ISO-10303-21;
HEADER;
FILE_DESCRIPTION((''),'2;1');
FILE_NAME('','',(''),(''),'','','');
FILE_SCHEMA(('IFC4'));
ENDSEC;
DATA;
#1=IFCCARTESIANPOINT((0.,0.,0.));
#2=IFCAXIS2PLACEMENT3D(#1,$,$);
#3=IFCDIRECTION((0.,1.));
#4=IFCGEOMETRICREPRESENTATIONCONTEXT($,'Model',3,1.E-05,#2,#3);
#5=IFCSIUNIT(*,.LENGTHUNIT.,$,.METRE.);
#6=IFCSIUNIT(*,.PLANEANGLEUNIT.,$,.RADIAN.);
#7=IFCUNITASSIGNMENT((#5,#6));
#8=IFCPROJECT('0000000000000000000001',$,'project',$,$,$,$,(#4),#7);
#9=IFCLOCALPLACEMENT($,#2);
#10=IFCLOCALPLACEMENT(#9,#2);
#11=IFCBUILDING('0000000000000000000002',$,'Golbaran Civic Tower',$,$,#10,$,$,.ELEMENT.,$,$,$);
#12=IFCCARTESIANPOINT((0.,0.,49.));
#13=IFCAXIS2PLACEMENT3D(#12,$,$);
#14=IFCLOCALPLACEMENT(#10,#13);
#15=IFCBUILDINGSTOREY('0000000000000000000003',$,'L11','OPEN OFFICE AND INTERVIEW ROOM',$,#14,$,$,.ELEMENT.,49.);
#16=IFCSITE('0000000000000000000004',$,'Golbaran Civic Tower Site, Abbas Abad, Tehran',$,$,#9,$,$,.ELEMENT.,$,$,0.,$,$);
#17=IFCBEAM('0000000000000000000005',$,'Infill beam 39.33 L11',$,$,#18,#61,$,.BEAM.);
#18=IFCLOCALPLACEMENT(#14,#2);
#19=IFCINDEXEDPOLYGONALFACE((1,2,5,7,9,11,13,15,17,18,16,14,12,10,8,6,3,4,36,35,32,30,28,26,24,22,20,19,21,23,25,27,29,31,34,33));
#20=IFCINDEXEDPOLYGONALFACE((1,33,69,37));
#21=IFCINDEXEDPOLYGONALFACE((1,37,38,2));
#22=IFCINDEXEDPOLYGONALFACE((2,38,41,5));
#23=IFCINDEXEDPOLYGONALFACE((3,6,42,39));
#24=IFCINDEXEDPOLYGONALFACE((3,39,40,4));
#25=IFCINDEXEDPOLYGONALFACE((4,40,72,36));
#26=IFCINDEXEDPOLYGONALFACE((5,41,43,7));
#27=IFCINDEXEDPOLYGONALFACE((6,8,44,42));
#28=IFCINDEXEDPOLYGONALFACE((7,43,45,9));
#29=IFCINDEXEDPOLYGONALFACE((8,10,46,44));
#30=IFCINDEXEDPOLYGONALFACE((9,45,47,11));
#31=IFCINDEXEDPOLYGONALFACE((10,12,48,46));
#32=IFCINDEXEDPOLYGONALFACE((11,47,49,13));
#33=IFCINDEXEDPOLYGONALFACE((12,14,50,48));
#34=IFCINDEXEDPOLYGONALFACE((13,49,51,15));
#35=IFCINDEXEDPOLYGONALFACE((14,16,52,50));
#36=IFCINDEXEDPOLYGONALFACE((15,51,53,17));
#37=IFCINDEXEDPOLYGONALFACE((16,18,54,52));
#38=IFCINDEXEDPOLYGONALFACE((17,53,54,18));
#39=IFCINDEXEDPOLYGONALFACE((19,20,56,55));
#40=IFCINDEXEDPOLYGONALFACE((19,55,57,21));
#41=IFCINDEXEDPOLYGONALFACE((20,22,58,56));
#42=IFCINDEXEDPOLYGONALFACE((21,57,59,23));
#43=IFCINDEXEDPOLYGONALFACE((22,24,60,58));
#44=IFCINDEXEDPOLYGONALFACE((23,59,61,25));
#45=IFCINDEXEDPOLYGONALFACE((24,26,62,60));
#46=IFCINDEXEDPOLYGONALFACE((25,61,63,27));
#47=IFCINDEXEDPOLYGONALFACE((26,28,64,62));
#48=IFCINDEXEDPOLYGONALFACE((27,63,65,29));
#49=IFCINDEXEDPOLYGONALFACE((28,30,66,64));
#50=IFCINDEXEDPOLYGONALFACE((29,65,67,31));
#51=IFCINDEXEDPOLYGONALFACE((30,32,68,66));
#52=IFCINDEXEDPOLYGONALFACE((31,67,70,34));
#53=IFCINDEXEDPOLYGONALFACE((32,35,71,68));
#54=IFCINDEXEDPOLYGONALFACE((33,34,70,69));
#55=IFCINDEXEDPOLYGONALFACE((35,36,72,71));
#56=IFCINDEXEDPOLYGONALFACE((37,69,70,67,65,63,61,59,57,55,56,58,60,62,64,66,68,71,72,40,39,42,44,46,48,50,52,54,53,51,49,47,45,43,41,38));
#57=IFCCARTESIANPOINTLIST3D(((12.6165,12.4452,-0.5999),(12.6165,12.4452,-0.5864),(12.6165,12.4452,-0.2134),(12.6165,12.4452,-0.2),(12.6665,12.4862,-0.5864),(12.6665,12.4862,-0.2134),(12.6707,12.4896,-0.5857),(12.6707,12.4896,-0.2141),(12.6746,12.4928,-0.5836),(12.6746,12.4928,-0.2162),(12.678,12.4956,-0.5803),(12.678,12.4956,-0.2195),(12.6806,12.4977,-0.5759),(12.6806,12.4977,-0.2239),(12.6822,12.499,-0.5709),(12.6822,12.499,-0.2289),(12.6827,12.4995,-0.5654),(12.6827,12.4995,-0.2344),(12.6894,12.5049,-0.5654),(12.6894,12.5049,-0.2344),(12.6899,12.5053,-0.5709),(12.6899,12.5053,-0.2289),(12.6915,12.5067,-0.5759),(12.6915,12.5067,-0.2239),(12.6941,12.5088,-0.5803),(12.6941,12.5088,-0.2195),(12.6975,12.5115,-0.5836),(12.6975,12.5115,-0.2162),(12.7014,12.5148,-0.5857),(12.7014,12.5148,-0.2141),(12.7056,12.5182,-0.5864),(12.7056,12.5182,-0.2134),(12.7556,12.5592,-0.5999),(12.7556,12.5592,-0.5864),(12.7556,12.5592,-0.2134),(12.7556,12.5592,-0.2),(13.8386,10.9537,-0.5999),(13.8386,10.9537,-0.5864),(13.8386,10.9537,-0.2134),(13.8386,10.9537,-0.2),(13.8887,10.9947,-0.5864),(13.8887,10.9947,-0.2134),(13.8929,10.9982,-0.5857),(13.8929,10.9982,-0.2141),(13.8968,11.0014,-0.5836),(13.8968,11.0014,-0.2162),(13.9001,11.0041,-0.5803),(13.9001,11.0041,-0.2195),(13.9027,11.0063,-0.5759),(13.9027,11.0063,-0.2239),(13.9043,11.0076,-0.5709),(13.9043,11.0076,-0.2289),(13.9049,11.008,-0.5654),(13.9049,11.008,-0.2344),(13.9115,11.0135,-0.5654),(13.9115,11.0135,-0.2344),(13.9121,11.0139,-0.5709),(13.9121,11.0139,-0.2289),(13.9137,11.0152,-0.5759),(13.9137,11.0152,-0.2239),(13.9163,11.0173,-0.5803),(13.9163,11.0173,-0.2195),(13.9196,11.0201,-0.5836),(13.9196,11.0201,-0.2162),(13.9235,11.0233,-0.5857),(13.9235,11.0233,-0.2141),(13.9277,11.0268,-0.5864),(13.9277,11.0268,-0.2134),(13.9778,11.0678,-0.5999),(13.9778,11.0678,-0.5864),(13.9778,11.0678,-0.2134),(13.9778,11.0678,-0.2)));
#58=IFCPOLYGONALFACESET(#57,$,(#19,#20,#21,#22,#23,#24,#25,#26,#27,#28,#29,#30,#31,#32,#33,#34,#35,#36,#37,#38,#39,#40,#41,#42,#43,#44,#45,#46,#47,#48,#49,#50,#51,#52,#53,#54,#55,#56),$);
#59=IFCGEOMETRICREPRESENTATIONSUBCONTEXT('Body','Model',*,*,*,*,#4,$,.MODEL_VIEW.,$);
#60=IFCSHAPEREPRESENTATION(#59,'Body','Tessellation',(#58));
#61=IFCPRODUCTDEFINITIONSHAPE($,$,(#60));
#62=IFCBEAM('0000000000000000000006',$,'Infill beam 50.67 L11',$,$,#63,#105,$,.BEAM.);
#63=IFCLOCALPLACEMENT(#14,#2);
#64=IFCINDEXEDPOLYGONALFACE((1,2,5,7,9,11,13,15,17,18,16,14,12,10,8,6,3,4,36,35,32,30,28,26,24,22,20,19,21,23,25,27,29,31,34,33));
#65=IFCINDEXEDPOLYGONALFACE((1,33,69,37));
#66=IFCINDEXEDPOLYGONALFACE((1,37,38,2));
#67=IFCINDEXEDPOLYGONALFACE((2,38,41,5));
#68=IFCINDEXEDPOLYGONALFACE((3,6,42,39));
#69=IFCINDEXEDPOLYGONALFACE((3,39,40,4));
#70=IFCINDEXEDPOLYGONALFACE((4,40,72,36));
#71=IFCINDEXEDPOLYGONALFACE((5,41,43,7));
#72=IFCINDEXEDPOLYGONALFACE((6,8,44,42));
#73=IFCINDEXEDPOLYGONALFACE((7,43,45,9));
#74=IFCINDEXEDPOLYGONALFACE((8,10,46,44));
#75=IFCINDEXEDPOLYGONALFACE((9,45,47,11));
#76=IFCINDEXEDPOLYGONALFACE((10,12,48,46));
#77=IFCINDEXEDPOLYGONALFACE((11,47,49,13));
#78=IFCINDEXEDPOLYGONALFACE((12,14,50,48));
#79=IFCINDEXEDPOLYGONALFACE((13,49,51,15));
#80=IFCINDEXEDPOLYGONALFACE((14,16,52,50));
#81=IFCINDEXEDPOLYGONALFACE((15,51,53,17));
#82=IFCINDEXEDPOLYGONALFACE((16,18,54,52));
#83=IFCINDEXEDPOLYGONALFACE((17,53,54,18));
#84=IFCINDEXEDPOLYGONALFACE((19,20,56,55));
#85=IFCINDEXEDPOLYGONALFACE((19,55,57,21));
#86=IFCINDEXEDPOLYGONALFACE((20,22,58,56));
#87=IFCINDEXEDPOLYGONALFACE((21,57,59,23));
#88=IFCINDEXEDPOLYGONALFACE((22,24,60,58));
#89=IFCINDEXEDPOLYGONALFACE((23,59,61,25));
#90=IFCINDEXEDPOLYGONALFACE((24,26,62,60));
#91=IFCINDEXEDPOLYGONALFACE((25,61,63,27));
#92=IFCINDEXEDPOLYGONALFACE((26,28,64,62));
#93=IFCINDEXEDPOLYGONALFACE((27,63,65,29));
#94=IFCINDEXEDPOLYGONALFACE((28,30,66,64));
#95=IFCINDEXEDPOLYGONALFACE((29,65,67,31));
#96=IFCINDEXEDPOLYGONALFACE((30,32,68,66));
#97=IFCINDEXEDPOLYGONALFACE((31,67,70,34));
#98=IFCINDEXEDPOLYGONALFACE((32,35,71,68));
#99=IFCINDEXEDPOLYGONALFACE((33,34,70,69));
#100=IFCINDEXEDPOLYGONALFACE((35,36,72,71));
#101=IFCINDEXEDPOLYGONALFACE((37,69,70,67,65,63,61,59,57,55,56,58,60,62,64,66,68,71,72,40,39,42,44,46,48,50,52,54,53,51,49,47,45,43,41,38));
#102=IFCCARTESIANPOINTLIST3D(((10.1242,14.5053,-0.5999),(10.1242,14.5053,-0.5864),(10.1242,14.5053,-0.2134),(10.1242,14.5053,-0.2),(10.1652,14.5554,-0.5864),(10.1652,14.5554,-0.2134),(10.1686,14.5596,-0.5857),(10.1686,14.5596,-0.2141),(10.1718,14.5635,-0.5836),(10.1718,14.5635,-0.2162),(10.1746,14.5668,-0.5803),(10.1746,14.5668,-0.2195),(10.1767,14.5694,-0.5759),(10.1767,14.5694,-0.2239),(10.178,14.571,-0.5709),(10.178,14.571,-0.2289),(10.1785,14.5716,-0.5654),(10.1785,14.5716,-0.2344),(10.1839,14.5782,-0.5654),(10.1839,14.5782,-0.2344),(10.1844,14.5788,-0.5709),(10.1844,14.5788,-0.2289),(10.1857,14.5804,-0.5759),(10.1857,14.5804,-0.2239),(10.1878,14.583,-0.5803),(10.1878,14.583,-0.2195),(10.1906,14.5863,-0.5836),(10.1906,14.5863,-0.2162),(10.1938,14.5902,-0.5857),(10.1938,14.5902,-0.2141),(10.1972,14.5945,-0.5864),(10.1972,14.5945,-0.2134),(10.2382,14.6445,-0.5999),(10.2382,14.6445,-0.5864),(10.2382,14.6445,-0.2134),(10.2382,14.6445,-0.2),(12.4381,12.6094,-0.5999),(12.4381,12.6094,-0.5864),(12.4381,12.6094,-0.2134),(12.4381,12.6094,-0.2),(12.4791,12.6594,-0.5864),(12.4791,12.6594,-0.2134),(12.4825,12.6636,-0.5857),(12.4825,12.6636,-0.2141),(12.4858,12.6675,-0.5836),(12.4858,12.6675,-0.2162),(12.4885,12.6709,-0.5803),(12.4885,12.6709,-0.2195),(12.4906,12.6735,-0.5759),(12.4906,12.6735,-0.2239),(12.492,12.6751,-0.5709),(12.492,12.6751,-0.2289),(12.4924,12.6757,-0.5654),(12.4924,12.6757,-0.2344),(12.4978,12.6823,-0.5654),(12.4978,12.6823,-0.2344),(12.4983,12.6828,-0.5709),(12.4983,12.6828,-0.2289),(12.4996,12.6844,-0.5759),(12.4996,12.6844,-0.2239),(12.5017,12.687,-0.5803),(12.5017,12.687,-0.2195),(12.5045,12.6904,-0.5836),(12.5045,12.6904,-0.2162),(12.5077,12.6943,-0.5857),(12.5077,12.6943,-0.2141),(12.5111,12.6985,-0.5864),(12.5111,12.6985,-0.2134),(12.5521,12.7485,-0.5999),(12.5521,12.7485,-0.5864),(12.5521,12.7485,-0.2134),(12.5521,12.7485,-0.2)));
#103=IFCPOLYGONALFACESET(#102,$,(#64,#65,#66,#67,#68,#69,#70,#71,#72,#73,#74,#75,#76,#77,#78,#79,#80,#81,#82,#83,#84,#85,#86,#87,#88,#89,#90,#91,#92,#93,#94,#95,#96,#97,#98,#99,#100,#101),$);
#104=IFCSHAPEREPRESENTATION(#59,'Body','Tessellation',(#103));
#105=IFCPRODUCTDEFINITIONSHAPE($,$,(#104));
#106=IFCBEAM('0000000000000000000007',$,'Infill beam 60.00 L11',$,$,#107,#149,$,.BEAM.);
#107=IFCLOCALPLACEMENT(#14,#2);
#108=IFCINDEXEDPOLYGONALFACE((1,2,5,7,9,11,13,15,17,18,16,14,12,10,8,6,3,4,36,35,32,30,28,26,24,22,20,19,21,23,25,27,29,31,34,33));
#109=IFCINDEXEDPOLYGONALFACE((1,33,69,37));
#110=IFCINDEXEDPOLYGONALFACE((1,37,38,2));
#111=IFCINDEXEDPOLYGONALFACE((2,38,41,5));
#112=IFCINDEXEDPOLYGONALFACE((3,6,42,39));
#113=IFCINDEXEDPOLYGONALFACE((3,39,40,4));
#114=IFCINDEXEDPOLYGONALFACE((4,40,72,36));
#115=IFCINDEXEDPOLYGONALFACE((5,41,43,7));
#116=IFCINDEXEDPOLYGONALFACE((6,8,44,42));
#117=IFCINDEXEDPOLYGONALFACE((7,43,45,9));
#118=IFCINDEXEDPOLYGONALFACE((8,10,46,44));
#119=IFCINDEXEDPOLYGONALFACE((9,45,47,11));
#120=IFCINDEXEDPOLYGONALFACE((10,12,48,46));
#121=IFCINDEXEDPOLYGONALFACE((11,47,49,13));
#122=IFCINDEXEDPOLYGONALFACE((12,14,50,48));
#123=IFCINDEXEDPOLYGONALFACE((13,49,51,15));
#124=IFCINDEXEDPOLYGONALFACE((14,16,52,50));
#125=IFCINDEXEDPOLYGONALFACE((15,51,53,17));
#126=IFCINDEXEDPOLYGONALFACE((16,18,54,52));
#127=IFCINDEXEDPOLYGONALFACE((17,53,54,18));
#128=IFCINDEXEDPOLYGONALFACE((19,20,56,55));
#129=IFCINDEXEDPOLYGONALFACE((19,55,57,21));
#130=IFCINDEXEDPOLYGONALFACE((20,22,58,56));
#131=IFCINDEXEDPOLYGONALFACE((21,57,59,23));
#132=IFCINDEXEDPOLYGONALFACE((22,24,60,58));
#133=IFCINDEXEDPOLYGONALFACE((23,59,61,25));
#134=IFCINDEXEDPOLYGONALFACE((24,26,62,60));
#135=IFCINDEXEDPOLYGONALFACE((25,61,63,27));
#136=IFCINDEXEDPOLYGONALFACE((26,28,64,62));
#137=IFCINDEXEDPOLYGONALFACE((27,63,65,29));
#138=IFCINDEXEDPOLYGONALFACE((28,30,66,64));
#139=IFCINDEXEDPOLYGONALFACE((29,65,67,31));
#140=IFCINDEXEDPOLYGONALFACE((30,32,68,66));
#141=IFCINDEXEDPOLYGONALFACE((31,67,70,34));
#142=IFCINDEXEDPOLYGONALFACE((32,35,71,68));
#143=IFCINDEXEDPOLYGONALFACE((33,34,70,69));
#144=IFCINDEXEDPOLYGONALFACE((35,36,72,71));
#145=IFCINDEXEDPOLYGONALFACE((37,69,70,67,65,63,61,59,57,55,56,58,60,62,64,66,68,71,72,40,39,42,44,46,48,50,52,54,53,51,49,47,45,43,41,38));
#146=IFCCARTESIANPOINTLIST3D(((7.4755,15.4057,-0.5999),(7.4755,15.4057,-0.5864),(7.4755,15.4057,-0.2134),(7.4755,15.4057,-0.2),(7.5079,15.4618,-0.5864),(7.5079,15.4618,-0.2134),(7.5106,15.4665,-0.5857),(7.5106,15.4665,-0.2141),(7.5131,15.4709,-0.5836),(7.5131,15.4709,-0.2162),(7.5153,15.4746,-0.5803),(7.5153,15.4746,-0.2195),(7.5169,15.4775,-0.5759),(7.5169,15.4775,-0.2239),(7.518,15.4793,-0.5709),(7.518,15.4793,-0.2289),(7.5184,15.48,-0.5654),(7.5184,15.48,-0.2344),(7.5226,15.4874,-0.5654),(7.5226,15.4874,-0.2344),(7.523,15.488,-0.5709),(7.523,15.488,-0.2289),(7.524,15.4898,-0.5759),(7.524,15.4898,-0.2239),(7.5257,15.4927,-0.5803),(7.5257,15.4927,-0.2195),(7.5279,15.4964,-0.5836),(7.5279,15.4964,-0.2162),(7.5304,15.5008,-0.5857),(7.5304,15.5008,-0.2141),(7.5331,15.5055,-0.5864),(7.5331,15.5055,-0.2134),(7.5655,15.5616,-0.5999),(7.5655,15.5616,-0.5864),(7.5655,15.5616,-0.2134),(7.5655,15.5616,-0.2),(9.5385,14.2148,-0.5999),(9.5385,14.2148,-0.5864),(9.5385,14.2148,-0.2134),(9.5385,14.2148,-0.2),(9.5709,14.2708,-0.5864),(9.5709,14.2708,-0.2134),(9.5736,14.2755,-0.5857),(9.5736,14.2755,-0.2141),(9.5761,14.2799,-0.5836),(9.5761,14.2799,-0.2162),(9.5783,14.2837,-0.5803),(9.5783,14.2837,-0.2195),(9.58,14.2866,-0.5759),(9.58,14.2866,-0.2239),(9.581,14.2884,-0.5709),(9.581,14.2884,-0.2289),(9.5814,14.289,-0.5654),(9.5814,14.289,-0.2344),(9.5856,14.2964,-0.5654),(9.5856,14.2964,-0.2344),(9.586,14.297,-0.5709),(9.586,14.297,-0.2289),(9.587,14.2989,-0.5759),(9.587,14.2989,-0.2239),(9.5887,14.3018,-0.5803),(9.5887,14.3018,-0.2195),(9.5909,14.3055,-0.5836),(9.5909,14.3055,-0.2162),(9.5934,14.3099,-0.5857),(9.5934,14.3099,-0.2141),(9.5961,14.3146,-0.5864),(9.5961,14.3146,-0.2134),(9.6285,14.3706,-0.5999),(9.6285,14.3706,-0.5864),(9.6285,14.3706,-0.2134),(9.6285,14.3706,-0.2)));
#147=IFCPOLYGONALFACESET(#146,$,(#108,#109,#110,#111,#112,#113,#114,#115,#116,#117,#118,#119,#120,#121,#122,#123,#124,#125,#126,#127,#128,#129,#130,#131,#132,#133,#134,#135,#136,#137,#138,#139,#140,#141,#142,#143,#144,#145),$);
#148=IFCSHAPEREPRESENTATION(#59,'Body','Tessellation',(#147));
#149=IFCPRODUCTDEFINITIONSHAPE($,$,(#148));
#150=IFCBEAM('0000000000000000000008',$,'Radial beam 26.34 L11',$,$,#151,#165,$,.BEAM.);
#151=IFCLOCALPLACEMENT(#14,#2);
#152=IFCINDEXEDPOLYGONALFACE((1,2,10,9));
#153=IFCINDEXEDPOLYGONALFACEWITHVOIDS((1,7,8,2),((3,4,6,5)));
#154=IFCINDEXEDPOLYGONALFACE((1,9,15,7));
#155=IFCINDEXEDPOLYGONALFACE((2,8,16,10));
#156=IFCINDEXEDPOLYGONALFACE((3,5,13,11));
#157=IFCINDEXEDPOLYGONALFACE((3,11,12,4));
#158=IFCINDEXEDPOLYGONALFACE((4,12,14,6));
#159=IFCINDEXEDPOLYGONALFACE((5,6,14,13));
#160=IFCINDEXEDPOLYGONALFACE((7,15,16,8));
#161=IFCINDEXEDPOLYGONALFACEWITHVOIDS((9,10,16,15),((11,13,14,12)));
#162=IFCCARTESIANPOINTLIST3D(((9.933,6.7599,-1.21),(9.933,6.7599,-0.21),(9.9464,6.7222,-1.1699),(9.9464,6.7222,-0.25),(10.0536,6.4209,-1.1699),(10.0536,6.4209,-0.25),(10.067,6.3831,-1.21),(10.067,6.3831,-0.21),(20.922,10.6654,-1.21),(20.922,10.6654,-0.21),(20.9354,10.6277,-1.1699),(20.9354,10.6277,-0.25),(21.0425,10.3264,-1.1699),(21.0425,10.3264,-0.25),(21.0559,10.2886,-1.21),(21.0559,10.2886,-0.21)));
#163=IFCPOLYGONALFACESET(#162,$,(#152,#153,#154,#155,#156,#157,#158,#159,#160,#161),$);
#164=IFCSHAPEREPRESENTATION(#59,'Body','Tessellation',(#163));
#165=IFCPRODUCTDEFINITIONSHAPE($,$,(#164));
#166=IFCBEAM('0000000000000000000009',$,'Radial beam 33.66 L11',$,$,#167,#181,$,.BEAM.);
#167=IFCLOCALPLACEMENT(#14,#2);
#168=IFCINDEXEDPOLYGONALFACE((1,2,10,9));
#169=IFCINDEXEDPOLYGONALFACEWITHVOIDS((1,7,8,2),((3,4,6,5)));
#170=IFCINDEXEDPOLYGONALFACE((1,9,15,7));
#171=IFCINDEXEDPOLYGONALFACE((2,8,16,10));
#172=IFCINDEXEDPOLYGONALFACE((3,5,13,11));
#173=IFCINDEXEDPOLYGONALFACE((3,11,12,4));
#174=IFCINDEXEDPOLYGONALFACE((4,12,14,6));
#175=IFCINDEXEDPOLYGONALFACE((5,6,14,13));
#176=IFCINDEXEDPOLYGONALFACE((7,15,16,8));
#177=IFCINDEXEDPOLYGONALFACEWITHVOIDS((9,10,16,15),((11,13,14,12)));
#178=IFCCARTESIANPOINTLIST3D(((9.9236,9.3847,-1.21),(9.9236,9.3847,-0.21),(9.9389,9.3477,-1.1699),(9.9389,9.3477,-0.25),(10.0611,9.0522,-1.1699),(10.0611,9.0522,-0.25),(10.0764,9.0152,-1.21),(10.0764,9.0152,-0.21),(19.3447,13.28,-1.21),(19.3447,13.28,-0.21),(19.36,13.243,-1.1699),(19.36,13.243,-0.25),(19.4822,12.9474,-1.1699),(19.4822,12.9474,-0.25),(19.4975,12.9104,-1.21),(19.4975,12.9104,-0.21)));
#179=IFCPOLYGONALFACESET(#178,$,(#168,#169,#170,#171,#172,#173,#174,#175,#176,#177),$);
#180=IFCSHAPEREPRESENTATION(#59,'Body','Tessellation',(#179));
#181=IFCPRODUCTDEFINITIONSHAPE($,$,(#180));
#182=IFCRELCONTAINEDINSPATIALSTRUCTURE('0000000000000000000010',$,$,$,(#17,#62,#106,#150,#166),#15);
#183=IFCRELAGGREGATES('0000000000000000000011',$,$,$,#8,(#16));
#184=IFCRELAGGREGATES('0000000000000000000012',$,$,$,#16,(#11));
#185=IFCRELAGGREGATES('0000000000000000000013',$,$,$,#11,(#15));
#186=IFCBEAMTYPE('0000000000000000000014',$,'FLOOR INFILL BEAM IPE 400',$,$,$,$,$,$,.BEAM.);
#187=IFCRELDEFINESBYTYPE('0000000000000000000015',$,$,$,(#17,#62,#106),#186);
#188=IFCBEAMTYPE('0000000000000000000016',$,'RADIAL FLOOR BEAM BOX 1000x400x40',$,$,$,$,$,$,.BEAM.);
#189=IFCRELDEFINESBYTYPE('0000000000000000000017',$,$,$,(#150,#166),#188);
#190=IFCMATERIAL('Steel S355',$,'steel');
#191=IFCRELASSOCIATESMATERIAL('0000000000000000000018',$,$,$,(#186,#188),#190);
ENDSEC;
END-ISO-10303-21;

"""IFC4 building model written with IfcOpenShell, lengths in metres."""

from ifc_helpers import new_model, si_unit, direction, frame, origin, origin_2d, place, context, subcontext, project, spatial, hollow_rectangle, i_section, extrude, material, material_profile, profile_set, type_object, element, save


model = new_model("IFC4")

# Units and contexts
model_context = context("Model", 3, precision=1e-05, world=origin(), true_north=direction((0.0, 1.0)))
body_context = subcontext(model_context, "Body", "Model", "MODEL_VIEW")
ifc_project = project(units=[si_unit("LENGTHUNIT", "METRE"), si_unit("PLANEANGLEUNIT", "RADIAN")], contexts=[model_context])

# Site, building, storey
site_placement = place(None, origin())
site = spatial("IfcSite", under=ifc_project, at=site_placement, Name="Golbaran Civic Tower Site, Abbas Abad, Tehran", CompositionType="ELEMENT", RefElevation=0.0)
building_placement = place(site_placement, origin())
building = spatial("IfcBuilding", under=site, at=building_placement, Name="Golbaran Civic Tower", CompositionType="ELEMENT")
storey_placement = place(building_placement, frame((0.0, 0.0, 49.0)))
storey = spatial("IfcBuildingStorey", under=building, at=storey_placement, Name="L11", Description="OPEN OFFICE AND INTERVIEW ROOM", CompositionType="ELEMENT", Elevation=49.0)

# Beams
ifc_material_1 = material(Name="Steel S355", Category="steel")
ifc_material_profile_1 = material_profile(ifc_material_1, i_section(OverallWidth=0.1799, OverallDepth=0.3999, WebThickness=0.0085, FlangeThickness=0.0134, FilletRadius=0.021, at=origin_2d()), Name="IPE 400")
ifc_profile_set_1 = profile_set([ifc_material_profile_1], Name="Steel S355")
beam_type_1 = type_object("IfcBeamType", Name="FLOOR INFILL BEAM IPE 400", PredefinedType="BEAM", material=ifc_profile_set_1)
beam_1_placement = place(storey_placement, frame((13.9082, 11.0107, -0.3999), z_axis=(-0.633824, 0.773478, 0.0), x_axis=(-0.773478, -0.633824, 0.0)))
element("IfcBeam", 1, at=beam_1_placement, inside=storey, type_object=beam_type_1, Name="Infill beam 39.33 L11", PredefinedType="BEAM", context=body_context, shape_type="SweptSolid", body=[
    extrude(i_section(OverallWidth=0.1799, OverallDepth=0.3999, WebThickness=0.0085, FlangeThickness=0.0134, FilletRadius=0.021, at=origin_2d()), origin(), (0.0, 0.0, 1.0), 1.9282),
])
beam_2_placement = place(storey_placement, frame((12.4951, 12.679, -0.3999), z_axis=(-0.773506, 0.633789, 0.0), x_axis=(-0.633789, -0.773506, 0.0)))
element("IfcBeam", 2, at=beam_2_placement, inside=storey, type_object=beam_type_1, Name="Infill beam 50.67 L11", PredefinedType="BEAM", context=body_context, shape_type="SweptSolid", body=[
    extrude(i_section(OverallWidth=0.1799, OverallDepth=0.3999, WebThickness=0.0085, FlangeThickness=0.0134, FilletRadius=0.021, at=origin_2d()), origin(), (0.0, 0.0, 1.0), 2.9915),
])
beam_3_placement = place(storey_placement, frame((9.5835, 14.2927, -0.3999), z_axis=(-0.866052, 0.499953, 0.0), x_axis=(-0.499953, -0.866052, 0.0)))
element("IfcBeam", 3, at=beam_3_placement, inside=storey, type_object=beam_type_1, Name="Infill beam 60.00 L11", PredefinedType="BEAM", context=body_context, shape_type="SweptSolid", body=[
    extrude(i_section(OverallWidth=0.1799, OverallDepth=0.3999, WebThickness=0.0085, FlangeThickness=0.0134, FilletRadius=0.021, at=origin_2d()), origin(), (0.0, 0.0, 1.0), 2.3821),
])
ifc_material_profile_2 = material_profile(ifc_material_1, hollow_rectangle(XDim=0.3999, YDim=1.0, WallThickness=0.04, at=origin_2d()), Name="BOX 1000x400x40")
ifc_profile_set_2 = profile_set([ifc_material_profile_2], Name="Steel S355")
beam_type_2 = type_object("IfcBeamType", Name="RADIAL FLOOR BEAM BOX 1000x400x40", PredefinedType="BEAM", material=ifc_profile_set_2)
beam_4_placement = place(storey_placement, frame((10.0, 6.5715, -0.71), z_axis=(0.94226, 0.334881, 0.0), x_axis=(-0.334881, 0.94226, 0.0)))
element("IfcBeam", 4, at=beam_4_placement, inside=storey, type_object=beam_type_2, Name="Radial beam 26.34 L11", PredefinedType="BEAM", context=body_context, shape_type="SweptSolid", body=[
    extrude(hollow_rectangle(XDim=0.3999, YDim=1.0, WallThickness=0.04, at=origin_2d()), origin(), (0.0, 0.0, 1.0), 11.6624),
])
beam_5_placement = place(storey_placement, frame((10.0, 9.2, -0.71), z_axis=(0.924126, 0.382089, 0.0), x_axis=(-0.382089, 0.924126, 0.0)))
element("IfcBeam", 5, at=beam_5_placement, inside=storey, type_object=beam_type_2, Name="Radial beam 33.66 L11", PredefinedType="BEAM", context=body_context, shape_type="SweptSolid", body=[
    extrude(hollow_rectangle(XDim=0.3999, YDim=1.0, WallThickness=0.04, at=origin_2d()), origin(), (0.0, 0.0, 1.0), 10.1946),
])

save(model, "model.ifc")
